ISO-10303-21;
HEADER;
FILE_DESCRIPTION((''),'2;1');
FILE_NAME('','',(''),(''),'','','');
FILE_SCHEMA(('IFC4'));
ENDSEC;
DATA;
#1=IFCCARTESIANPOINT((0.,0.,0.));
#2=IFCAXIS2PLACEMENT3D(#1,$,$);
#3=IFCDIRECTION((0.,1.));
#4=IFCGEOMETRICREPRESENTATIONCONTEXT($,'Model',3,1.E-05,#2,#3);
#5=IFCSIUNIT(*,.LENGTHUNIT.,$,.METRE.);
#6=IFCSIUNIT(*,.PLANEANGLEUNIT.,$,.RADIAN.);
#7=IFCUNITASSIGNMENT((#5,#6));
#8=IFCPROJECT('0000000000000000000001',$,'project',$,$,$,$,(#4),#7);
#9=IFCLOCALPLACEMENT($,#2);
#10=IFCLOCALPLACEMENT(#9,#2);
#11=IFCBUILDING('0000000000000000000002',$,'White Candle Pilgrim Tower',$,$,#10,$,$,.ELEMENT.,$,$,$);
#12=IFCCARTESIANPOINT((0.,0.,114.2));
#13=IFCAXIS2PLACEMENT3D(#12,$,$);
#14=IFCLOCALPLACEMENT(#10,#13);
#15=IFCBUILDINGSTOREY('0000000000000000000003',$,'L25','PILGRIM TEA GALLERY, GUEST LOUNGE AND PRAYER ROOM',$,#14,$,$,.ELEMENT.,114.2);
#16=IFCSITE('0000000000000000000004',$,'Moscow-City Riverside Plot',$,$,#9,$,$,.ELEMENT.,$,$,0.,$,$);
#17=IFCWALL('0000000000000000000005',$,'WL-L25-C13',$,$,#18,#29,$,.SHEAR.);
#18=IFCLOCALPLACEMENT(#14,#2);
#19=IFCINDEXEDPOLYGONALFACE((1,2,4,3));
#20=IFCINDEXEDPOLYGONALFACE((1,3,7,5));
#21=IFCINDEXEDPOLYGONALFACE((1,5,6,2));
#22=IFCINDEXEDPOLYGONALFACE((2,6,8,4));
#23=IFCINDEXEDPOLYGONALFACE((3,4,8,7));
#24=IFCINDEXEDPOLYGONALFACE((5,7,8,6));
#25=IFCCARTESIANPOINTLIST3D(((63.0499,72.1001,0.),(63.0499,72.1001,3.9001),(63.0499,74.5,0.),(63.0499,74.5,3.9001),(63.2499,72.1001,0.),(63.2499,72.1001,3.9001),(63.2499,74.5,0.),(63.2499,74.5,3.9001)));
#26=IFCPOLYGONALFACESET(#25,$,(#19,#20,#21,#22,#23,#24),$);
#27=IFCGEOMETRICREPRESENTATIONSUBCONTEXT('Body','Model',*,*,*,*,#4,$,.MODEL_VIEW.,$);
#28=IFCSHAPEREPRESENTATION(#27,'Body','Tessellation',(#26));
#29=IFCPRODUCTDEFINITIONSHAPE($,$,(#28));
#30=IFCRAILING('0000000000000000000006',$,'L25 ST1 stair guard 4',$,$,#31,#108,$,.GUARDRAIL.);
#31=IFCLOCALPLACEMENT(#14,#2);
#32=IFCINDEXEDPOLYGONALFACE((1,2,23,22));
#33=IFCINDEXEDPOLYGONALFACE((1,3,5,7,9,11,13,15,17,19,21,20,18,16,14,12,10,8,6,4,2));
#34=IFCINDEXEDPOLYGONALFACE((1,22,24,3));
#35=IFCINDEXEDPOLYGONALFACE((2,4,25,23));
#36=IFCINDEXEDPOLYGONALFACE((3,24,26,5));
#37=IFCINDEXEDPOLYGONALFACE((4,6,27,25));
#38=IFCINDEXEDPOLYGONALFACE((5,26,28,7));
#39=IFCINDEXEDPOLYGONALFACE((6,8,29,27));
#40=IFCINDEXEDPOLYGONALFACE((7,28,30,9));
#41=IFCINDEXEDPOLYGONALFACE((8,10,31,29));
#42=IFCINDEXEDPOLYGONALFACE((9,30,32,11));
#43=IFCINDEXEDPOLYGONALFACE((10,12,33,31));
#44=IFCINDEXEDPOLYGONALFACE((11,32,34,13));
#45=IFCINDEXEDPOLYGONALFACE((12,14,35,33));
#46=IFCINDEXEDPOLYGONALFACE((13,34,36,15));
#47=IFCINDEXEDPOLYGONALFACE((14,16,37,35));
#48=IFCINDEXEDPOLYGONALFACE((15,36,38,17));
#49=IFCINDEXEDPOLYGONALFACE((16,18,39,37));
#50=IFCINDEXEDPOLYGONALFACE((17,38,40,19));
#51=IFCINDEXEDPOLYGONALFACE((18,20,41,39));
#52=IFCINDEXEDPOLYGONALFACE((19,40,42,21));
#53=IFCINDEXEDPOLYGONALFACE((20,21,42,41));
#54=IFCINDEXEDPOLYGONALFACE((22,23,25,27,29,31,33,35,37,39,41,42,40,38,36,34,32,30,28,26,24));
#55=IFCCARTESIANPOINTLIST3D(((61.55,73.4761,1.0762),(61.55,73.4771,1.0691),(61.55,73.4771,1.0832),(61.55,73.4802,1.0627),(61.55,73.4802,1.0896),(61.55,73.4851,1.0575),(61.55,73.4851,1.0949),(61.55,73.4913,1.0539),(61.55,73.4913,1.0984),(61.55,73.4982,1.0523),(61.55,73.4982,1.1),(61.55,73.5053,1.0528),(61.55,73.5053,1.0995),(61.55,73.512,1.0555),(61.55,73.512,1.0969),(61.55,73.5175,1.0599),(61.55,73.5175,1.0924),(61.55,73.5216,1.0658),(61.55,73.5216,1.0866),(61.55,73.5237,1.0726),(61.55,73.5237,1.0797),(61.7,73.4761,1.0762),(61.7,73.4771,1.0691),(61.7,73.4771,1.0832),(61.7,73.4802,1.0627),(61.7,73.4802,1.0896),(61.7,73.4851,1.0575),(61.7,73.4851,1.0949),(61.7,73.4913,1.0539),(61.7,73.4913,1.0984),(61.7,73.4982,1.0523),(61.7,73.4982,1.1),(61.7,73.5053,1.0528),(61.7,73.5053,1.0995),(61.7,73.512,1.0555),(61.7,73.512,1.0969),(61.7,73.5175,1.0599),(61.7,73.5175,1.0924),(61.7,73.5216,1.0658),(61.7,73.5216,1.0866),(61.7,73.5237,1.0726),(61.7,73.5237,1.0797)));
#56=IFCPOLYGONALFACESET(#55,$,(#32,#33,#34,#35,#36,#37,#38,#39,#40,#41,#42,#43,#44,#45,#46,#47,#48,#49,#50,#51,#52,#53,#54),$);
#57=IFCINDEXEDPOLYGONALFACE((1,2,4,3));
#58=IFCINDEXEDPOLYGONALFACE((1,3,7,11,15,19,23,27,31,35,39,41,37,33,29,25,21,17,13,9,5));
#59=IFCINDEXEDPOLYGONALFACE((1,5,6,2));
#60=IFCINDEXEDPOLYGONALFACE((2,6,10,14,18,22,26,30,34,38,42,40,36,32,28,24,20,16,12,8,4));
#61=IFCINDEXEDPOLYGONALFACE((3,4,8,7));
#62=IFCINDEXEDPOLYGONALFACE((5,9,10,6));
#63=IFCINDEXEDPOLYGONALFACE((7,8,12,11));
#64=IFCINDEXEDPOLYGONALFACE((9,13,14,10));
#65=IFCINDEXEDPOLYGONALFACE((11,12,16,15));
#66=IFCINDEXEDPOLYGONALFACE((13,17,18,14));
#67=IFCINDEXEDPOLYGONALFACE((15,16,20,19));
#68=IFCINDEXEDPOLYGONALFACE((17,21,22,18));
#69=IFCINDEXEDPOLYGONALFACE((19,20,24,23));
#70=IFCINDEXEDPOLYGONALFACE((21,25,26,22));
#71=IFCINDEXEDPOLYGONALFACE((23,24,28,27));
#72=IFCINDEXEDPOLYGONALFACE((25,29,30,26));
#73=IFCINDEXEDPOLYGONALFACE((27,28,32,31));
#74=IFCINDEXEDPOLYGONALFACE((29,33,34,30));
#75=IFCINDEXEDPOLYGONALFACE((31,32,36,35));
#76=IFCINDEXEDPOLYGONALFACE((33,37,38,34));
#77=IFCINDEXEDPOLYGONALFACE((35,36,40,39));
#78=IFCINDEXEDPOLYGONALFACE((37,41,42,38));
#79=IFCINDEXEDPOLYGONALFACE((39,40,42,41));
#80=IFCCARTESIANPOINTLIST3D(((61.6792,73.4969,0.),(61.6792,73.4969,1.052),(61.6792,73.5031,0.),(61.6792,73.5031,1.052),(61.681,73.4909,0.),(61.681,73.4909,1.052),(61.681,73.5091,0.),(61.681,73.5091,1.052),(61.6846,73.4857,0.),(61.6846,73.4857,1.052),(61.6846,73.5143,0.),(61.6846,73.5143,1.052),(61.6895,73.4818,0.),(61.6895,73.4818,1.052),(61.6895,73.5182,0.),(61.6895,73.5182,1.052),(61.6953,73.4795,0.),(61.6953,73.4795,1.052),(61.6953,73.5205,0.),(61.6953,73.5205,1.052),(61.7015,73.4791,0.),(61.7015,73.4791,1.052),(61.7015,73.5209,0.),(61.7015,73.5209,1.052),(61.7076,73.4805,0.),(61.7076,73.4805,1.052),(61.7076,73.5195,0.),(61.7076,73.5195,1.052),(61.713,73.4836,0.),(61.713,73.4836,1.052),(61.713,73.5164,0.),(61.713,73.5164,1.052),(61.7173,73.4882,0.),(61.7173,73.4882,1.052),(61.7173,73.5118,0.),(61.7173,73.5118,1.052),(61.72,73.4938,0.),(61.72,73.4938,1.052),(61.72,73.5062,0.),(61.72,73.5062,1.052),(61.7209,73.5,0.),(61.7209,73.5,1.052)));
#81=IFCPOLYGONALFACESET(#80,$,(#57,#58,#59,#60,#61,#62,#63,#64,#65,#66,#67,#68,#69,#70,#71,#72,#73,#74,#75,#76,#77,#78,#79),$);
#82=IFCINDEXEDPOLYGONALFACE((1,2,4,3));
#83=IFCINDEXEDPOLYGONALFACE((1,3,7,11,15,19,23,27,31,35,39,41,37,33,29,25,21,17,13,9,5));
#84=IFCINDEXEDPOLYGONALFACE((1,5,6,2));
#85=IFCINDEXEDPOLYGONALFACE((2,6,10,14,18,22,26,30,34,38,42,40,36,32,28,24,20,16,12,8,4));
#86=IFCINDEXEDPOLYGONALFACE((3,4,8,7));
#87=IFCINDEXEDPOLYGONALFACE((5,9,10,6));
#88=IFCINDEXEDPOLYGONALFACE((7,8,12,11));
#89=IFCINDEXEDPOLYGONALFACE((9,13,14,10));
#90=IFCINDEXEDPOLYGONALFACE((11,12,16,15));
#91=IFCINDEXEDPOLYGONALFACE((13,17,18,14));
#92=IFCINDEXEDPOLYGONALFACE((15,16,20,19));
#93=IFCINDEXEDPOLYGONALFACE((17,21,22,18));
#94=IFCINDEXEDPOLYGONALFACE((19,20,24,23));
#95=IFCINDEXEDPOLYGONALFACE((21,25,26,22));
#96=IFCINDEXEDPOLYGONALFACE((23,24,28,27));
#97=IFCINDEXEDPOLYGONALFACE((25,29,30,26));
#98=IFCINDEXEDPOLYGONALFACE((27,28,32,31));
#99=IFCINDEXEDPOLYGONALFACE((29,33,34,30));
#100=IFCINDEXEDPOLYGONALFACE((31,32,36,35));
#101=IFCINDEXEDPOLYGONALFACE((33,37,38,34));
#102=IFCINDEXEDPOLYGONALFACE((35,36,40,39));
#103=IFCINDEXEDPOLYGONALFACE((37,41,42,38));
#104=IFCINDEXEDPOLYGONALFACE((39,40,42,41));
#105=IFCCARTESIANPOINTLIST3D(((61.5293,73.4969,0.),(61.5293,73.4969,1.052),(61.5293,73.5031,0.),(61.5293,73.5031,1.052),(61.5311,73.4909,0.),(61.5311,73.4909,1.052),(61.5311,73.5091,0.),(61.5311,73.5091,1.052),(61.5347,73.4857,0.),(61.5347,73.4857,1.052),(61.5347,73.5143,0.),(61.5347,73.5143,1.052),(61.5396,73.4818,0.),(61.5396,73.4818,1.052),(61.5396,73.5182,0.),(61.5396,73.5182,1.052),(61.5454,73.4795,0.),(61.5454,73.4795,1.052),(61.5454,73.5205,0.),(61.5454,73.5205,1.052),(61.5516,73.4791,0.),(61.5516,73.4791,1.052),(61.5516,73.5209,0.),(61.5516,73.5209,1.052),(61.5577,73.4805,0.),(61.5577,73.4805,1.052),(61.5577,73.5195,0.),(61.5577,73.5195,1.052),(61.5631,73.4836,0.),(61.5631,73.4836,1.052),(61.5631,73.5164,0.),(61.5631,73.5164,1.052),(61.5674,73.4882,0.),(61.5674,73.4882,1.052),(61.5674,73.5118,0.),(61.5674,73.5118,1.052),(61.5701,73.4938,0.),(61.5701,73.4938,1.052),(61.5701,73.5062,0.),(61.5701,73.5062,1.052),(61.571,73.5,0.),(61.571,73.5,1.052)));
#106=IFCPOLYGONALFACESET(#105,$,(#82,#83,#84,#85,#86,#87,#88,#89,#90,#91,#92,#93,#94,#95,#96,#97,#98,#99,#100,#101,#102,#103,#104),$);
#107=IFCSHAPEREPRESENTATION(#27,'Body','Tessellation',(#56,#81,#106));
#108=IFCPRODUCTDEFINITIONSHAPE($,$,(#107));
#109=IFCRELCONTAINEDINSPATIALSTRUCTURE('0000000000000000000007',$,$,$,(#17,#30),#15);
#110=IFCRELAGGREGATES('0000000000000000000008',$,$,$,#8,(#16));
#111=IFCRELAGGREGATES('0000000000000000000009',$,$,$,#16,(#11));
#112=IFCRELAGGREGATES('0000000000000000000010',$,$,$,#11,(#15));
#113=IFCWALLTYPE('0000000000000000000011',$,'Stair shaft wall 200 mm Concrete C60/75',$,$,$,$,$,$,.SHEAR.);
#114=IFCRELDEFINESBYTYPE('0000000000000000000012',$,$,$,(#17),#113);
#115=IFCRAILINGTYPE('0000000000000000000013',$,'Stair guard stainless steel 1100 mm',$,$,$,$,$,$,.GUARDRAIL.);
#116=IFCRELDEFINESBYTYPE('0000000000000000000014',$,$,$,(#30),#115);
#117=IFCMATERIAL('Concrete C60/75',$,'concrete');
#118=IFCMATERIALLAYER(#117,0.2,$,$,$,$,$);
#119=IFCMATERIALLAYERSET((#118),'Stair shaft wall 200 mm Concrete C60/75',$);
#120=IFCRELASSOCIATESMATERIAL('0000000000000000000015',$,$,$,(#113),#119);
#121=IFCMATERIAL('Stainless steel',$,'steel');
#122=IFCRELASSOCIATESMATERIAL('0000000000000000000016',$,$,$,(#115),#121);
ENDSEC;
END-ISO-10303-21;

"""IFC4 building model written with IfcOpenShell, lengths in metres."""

from ifc_helpers import new_model, si_unit, direction, frame, frame_2d, origin, origin_2d, place, context, subcontext, project, spatial, rectangle, circle, extrude, material, layer, layer_set, type_object, element, save


model = new_model("IFC4")

# Units and contexts
model_context = context("Model", 3, precision=1e-05, world=origin(), true_north=direction((0.0, 1.0)))
body_context = subcontext(model_context, "Body", "Model", "MODEL_VIEW")
ifc_project = project(units=[si_unit("LENGTHUNIT", "METRE"), si_unit("PLANEANGLEUNIT", "RADIAN")], contexts=[model_context])

# Site, building, storey
site_placement = place(None, origin())
site = spatial("IfcSite", under=ifc_project, at=site_placement, Name="Moscow-City Riverside Plot", CompositionType="ELEMENT", RefElevation=0.0)
building_placement = place(site_placement, origin())
building = spatial("IfcBuilding", under=site, at=building_placement, Name="White Candle Pilgrim Tower", CompositionType="ELEMENT")
storey_placement = place(building_placement, frame((0.0, 0.0, 114.2)))
storey = spatial("IfcBuildingStorey", under=building, at=storey_placement, Name="L25", Description="PILGRIM TEA GALLERY, GUEST LOUNGE AND PRAYER ROOM", CompositionType="ELEMENT", Elevation=114.2)

# Shared definitions
ifc_material_1 = material(Name="Concrete C60/75", Category="concrete")
ifc_material_2 = material(Name="Stainless steel", Category="steel")

# Wall
ifc_layer_1 = layer(ifc_material_1, 0.2)
ifc_layer_set_1 = layer_set([ifc_layer_1], Name="Stair shaft wall 200 mm Concrete C60/75")
wall_type_1 = type_object("IfcWallType", Name="Stair shaft wall 200 mm Concrete C60/75", PredefinedType="SHEAR", material=ifc_layer_set_1)
wall_1_placement = place(storey_placement, frame((63.1499, 72.1001, 0.0), z_axis=(0.0, 0.0, 1.0), x_axis=(0.0, 1.0, 0.0)))
element("IfcWall", 1, at=wall_1_placement, inside=storey, type_object=wall_type_1, Name="WL-L25-C13", PredefinedType="SHEAR", context=body_context, shape_type="SweptSolid", body=[
    extrude(rectangle(XDim=2.3999, YDim=0.2, at=frame_2d((1.2, 0.0))), origin(), (0.0, 0.0, 1.0), 3.9001),
])

# Railing
railing_type = type_object("IfcRailingType", Name="Stair guard stainless steel 1100 mm", PredefinedType="GUARDRAIL", material=ifc_material_2)
railing_placement = place(storey_placement, frame((61.7, 73.5, 0.0)))
element("IfcRailing", 2, at=railing_placement, inside=storey, type_object=railing_type, Name="L25 ST1 stair guard 4", PredefinedType="GUARDRAIL", context=body_context, shape_type="SweptSolid", body=[
    extrude(circle(Radius=0.0239, at=origin_2d()), frame((0.0, 0.0, 1.0762), z_axis=(-1.0, 0.0, 0.0), x_axis=(0.0, -1.0, 0.0)), (0.0, 0.0, 1.0), 0.1499),
    extrude(circle(Radius=0.021, at=origin_2d()), origin(), (0.0, 0.0, 1.0), 1.052),
    extrude(circle(Radius=0.021, at=origin_2d()), frame((-0.1499, 0.0, 0.0)), (0.0, 0.0, 1.0), 1.052),
])

save(model, "model.ifc")
